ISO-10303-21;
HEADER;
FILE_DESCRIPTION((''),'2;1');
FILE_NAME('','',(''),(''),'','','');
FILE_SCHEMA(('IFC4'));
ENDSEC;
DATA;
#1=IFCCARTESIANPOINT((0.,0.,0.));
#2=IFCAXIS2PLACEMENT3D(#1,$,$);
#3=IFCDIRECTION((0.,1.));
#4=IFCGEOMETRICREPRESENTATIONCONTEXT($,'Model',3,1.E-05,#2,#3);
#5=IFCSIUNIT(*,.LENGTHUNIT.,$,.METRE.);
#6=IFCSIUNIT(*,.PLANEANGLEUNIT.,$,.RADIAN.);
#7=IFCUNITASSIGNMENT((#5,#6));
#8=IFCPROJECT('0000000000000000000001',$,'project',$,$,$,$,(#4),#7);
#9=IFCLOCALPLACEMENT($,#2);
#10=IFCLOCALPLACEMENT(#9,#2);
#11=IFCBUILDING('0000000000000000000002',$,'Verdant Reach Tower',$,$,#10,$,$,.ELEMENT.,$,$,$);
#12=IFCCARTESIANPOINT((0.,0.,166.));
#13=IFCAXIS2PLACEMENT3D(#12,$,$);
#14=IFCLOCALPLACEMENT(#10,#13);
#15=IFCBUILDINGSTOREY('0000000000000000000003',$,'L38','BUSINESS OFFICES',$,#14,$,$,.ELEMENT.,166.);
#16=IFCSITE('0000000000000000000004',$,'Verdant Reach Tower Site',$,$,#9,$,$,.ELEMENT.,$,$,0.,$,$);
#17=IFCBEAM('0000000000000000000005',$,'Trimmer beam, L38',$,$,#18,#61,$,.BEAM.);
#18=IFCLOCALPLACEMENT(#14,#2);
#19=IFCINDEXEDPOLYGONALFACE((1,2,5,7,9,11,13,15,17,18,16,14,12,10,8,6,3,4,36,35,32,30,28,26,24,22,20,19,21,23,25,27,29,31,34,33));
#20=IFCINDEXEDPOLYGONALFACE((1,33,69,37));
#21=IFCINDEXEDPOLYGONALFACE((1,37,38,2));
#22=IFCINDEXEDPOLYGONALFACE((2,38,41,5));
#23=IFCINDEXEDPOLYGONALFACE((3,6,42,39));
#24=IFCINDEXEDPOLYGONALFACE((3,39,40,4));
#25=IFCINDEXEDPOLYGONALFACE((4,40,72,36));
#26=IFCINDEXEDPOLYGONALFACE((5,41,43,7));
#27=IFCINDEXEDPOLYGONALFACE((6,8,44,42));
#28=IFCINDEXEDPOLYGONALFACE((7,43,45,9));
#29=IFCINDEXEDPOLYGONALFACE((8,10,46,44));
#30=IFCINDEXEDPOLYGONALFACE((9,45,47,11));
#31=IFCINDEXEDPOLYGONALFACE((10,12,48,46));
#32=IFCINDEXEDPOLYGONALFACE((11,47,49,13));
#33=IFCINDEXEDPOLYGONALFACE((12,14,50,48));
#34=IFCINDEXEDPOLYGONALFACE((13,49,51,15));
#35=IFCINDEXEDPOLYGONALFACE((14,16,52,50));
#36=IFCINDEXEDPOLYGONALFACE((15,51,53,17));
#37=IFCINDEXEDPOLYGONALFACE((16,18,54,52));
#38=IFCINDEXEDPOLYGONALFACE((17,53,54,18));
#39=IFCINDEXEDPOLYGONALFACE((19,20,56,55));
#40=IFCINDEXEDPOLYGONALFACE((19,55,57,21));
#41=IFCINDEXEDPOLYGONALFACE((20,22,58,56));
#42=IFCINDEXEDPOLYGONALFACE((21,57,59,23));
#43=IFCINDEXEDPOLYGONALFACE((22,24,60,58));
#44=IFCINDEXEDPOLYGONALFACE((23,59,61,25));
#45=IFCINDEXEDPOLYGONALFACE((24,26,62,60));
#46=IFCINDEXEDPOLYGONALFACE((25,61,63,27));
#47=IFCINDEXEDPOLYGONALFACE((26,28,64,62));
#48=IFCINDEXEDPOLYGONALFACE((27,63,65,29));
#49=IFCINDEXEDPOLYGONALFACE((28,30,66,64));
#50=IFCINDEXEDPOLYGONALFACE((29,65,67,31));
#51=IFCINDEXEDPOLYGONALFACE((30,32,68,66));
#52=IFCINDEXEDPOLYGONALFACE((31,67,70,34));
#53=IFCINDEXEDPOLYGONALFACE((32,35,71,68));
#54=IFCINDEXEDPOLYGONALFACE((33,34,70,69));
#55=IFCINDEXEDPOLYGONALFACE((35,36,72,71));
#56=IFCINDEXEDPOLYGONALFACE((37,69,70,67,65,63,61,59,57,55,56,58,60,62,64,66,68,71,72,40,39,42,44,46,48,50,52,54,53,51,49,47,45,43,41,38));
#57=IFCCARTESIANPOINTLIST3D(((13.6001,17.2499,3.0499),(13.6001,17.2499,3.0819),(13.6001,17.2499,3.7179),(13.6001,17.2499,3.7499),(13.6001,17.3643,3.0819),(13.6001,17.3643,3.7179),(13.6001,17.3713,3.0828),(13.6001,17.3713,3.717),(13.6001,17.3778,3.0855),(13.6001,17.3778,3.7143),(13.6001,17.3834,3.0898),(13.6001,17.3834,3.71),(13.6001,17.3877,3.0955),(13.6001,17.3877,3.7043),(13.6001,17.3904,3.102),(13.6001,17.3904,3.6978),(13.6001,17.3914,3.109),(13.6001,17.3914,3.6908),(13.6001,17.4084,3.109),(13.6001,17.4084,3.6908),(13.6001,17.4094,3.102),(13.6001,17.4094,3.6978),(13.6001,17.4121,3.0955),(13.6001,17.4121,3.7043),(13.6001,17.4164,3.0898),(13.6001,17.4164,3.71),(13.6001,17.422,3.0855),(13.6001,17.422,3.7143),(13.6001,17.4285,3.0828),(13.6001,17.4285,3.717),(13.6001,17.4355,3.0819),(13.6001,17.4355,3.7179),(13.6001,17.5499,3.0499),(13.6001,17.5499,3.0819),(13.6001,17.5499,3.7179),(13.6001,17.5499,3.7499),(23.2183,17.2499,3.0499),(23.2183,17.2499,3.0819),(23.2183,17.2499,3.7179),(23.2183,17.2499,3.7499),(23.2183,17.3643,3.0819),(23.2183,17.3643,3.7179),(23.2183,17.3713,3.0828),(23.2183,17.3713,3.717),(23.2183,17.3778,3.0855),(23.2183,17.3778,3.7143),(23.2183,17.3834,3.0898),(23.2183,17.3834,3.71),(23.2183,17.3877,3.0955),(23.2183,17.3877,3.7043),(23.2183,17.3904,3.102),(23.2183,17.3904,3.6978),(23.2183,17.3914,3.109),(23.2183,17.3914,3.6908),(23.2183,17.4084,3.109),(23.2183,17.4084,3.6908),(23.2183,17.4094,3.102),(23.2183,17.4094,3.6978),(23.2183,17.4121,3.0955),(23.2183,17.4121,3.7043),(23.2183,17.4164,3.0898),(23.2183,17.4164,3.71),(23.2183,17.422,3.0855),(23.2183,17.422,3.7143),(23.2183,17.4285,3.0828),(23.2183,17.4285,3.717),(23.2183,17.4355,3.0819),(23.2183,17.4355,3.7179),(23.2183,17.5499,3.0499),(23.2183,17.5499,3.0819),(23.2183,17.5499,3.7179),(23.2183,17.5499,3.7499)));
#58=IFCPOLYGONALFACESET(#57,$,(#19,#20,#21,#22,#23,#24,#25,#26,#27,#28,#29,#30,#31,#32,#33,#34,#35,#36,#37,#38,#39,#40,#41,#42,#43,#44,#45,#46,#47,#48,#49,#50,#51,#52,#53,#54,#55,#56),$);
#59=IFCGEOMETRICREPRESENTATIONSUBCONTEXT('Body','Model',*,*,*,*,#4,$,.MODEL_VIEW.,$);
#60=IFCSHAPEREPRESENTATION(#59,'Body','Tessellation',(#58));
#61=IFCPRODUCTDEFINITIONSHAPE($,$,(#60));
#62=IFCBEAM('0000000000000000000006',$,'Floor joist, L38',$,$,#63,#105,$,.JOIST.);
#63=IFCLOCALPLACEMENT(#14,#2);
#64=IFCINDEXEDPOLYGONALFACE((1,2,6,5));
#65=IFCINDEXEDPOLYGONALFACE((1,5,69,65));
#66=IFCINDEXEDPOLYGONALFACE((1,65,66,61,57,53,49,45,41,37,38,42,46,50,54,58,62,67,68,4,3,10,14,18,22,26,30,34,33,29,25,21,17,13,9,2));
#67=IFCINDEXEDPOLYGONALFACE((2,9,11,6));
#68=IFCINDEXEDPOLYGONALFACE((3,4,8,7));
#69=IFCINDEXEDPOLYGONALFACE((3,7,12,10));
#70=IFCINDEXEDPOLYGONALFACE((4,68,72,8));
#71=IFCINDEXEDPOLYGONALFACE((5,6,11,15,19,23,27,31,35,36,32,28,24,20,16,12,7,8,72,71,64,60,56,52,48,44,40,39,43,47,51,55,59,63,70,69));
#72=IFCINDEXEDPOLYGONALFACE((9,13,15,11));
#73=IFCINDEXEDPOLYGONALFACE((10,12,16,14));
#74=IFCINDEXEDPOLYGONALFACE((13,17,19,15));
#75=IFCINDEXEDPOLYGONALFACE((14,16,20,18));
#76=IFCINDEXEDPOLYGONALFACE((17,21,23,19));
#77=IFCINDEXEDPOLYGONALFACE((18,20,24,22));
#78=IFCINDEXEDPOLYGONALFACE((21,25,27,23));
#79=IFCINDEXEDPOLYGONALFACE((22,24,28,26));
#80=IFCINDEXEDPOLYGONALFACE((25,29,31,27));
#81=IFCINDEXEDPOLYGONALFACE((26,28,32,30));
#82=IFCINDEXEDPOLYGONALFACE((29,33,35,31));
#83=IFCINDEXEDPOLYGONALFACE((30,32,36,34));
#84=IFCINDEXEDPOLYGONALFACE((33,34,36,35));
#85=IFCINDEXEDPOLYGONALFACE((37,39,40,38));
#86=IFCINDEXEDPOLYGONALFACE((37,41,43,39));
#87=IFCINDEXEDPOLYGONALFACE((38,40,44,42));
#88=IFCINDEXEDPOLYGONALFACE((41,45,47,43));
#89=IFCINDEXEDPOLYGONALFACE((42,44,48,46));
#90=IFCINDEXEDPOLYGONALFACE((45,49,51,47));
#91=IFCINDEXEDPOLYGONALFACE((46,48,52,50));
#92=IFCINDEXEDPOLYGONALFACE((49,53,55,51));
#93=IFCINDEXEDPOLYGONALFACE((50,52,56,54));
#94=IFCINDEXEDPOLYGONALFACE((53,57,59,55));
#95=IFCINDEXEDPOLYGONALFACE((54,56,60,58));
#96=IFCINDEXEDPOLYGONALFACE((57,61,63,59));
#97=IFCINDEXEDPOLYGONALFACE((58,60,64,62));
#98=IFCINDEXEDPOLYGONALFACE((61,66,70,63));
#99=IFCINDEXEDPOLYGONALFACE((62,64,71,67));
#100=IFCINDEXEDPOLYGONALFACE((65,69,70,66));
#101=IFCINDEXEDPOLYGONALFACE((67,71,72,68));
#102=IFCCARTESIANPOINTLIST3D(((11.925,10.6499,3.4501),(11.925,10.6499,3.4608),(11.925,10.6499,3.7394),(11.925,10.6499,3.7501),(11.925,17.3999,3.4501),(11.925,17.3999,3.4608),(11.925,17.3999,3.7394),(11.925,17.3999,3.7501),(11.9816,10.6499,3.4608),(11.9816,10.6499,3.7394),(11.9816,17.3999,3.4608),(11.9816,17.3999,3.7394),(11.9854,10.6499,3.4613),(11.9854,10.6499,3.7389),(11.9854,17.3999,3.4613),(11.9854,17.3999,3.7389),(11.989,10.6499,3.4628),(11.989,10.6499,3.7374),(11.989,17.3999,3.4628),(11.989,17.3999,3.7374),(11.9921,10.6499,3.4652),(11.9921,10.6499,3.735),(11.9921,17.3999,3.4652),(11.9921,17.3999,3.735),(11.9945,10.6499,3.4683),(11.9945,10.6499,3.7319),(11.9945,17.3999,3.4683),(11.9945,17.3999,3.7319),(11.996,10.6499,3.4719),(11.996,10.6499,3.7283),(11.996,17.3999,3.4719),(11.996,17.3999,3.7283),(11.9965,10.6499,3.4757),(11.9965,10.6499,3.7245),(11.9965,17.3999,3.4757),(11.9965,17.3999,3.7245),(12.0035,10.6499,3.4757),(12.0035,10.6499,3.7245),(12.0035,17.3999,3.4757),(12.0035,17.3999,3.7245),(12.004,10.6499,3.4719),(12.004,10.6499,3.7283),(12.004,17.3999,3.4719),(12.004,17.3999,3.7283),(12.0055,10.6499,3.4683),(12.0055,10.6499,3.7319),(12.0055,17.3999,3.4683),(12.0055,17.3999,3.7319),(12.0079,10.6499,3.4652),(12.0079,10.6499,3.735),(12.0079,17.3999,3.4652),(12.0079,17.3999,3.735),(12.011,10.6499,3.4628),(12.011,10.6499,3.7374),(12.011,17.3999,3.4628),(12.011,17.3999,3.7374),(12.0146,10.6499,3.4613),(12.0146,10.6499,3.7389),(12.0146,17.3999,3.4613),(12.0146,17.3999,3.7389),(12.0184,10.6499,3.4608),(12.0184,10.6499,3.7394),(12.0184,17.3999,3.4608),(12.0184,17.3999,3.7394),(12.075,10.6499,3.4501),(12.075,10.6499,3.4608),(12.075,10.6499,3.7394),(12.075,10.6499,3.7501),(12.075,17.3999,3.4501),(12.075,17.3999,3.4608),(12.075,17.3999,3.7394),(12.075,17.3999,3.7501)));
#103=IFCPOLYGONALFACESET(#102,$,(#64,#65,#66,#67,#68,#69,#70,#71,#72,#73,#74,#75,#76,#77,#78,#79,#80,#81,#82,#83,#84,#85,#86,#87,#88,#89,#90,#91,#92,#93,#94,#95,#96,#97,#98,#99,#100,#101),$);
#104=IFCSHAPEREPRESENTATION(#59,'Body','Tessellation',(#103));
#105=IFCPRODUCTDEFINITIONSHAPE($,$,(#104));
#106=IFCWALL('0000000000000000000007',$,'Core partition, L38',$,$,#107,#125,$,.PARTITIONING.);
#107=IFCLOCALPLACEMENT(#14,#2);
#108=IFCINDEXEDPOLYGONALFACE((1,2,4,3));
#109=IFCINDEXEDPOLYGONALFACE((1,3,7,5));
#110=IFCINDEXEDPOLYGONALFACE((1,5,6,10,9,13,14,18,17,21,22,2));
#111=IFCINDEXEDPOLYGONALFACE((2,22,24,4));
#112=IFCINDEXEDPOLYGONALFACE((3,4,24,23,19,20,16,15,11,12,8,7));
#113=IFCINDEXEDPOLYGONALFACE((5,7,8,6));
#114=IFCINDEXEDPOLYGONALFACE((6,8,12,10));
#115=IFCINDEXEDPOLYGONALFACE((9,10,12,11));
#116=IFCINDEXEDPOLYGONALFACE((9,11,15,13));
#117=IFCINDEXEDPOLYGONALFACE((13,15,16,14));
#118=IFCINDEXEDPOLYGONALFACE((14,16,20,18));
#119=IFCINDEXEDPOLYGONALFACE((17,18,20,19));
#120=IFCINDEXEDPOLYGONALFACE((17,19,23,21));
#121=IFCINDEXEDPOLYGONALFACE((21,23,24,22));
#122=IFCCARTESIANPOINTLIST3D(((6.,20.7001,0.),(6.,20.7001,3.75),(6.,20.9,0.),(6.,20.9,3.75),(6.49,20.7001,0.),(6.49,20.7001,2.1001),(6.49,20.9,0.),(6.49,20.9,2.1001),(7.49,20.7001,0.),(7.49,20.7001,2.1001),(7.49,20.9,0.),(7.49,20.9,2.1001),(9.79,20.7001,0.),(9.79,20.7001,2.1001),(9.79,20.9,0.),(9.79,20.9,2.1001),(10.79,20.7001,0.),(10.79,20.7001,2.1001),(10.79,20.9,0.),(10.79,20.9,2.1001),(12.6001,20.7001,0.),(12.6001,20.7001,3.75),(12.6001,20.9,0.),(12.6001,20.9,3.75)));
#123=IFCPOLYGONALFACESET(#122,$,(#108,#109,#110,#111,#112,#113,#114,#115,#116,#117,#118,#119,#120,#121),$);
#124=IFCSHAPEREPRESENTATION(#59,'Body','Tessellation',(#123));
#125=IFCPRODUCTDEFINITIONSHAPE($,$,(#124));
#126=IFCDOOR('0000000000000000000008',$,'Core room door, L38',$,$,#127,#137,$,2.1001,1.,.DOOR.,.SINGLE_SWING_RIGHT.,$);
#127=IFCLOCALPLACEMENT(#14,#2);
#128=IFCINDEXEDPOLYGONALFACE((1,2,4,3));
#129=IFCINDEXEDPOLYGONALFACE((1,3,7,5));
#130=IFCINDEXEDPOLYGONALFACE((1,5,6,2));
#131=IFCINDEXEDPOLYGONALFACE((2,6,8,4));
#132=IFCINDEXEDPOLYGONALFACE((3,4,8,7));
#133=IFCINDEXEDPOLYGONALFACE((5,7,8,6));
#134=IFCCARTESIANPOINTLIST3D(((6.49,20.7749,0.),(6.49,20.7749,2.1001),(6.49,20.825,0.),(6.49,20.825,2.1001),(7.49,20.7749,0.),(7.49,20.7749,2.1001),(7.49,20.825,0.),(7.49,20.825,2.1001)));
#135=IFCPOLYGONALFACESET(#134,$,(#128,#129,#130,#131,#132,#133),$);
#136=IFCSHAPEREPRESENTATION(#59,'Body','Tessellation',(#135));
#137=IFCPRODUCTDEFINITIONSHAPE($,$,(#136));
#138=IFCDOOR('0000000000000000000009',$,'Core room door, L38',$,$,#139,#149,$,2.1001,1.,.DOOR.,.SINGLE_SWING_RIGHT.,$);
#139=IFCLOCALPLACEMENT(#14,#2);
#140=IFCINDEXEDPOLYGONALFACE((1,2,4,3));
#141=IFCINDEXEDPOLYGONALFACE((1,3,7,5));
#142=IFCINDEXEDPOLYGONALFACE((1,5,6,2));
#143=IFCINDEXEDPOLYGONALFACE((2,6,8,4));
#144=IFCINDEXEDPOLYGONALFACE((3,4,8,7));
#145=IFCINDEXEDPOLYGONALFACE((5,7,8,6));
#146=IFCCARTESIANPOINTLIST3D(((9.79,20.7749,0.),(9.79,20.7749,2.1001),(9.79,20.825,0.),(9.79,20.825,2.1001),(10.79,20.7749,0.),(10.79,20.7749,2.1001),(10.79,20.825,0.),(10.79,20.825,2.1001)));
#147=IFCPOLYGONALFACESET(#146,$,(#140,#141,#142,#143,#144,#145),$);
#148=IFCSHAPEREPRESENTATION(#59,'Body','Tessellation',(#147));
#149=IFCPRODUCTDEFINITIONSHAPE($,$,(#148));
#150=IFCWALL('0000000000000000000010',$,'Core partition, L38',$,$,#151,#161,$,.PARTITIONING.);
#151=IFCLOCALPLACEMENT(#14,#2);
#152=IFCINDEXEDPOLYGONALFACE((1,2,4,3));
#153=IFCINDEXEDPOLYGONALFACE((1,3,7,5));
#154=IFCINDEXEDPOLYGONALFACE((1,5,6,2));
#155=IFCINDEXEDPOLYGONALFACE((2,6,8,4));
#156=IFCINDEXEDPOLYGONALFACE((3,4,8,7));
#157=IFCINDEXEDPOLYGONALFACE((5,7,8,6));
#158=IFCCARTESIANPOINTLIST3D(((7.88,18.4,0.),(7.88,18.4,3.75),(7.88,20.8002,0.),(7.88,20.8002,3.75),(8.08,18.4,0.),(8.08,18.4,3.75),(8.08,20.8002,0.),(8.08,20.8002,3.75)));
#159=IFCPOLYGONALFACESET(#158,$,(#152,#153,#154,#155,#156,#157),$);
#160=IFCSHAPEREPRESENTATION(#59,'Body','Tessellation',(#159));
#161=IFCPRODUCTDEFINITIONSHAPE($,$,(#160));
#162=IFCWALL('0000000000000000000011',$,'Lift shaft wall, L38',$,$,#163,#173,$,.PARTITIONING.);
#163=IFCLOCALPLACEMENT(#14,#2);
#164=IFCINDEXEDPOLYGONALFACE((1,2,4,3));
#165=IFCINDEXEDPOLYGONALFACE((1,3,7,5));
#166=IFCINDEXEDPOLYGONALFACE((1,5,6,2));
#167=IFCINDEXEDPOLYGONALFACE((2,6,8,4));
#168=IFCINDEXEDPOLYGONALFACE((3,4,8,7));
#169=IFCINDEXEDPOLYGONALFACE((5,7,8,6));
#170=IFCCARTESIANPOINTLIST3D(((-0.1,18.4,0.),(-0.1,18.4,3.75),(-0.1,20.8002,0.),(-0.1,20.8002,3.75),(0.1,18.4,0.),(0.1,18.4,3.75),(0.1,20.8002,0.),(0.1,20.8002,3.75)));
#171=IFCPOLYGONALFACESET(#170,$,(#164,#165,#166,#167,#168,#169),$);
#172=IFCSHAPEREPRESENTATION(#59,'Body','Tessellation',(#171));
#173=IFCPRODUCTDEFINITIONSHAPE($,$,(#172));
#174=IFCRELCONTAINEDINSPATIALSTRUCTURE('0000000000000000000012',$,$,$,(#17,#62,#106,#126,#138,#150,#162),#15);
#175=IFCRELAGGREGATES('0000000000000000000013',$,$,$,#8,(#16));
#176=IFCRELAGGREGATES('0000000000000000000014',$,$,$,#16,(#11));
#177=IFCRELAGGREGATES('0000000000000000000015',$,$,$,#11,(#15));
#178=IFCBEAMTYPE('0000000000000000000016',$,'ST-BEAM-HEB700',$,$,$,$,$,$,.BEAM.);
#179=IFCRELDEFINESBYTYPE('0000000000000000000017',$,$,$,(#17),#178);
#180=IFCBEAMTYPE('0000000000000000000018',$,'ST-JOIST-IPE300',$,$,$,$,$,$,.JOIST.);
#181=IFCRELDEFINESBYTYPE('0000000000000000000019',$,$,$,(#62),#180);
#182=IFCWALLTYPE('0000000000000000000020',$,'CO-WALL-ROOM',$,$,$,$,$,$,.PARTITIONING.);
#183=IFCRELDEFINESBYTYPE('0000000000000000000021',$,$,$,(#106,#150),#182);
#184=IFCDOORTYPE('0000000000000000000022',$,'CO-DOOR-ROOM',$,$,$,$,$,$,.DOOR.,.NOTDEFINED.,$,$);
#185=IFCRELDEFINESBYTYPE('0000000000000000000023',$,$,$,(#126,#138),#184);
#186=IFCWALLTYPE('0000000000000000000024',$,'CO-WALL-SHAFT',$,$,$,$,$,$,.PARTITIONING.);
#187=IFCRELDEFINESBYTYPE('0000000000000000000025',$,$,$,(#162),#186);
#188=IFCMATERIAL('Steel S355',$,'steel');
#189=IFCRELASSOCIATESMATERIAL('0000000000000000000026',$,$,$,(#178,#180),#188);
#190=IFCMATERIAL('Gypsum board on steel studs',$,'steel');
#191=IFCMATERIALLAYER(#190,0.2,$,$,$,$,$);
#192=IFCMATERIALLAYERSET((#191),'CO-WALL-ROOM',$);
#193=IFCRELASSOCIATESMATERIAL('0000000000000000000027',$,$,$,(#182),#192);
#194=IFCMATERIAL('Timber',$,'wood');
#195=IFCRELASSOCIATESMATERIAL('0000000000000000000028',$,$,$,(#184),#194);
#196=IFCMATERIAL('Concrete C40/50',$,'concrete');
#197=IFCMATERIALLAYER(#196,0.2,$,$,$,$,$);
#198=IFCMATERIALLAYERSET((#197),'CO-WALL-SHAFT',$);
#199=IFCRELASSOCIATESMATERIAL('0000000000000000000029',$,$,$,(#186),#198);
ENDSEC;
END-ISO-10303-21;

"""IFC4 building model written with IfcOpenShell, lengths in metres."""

from ifc_helpers import new_model, si_unit, direction, frame, frame_2d, origin, origin_2d, place, context, subcontext, project, spatial, rectangle, i_section, extrude, material, layer, layer_set, material_profile, profile_set, type_object, element, fill, save


model = new_model("IFC4")

# Units and contexts
model_context = context("Model", 3, precision=1e-05, world=origin(), true_north=direction((0.0, 1.0)))
body_context = subcontext(model_context, "Body", "Model", "MODEL_VIEW")
ifc_project = project(units=[si_unit("LENGTHUNIT", "METRE"), si_unit("PLANEANGLEUNIT", "RADIAN")], contexts=[model_context])

# Site, building, storey
site_placement = place(None, origin())
site = spatial("IfcSite", under=ifc_project, at=site_placement, Name="Verdant Reach Tower Site", CompositionType="ELEMENT", RefElevation=0.0)
building_placement = place(site_placement, origin())
building = spatial("IfcBuilding", under=site, at=building_placement, Name="Verdant Reach Tower", CompositionType="ELEMENT")
storey_placement = place(building_placement, frame((0.0, 0.0, 166.0)))
storey = spatial("IfcBuildingStorey", under=building, at=storey_placement, Name="L38", Description="BUSINESS OFFICES", CompositionType="ELEMENT", Elevation=166.0)

# Beams
ifc_material_1 = material(Name="Steel S355", Category="steel")
ifc_material_profile_1 = material_profile(ifc_material_1, i_section(OverallWidth=0.3, OverallDepth=0.7, WebThickness=0.0171, FlangeThickness=0.032, FilletRadius=0.0271, at=origin_2d()), Name="HEB 700")
ifc_profile_set_1 = profile_set([ifc_material_profile_1], Name="Steel S355")
beam_type_1 = type_object("IfcBeamType", Name="ST-BEAM-HEB700", PredefinedType="BEAM", material=ifc_profile_set_1)
beam_1_placement = place(storey_placement, frame((13.6001, 17.3999, 3.3999), z_axis=(1.0, 0.0, 0.0), x_axis=(0.0, 1.0, 0.0)))
element("IfcBeam", 1, at=beam_1_placement, inside=storey, type_object=beam_type_1, Name="Trimmer beam, L38", PredefinedType="BEAM", context=body_context, shape_type="SweptSolid", body=[
    extrude(i_section(OverallWidth=0.3, OverallDepth=0.7, WebThickness=0.0171, FlangeThickness=0.032, FilletRadius=0.0271, at=origin_2d()), origin(), (0.0, 0.0, 1.0), 9.6182),
])
ifc_material_profile_2 = material_profile(ifc_material_1, i_section(OverallWidth=0.1499, OverallDepth=0.3, WebThickness=0.0071, FlangeThickness=0.0107, FilletRadius=0.0149, at=origin_2d()), Name="IPE 300")
ifc_profile_set_2 = profile_set([ifc_material_profile_2], Name="Steel S355")
beam_type_2 = type_object("IfcBeamType", Name="ST-JOIST-IPE300", PredefinedType="JOIST", material=ifc_profile_set_2)
beam_2_placement = place(storey_placement, frame((12.0, 17.3999, 3.6001), z_axis=(0.0, -1.0, 0.0), x_axis=(1.0, 0.0, 0.0)))
element("IfcBeam", 2, at=beam_2_placement, inside=storey, type_object=beam_type_2, Name="Floor joist, L38", PredefinedType="JOIST", context=body_context, shape_type="SweptSolid", body=[
    extrude(i_section(OverallWidth=0.1499, OverallDepth=0.3, WebThickness=0.0071, FlangeThickness=0.0107, FilletRadius=0.0149, at=origin_2d()), origin(), (0.0, 0.0, 1.0), 6.75),
])

# Wall, openings, doors
ifc_material_2 = material(Name="Gypsum board on steel studs", Category="steel")
ifc_layer_1 = layer(ifc_material_2, 0.2)
ifc_layer_set_1 = layer_set([ifc_layer_1], Name="CO-WALL-ROOM")
wall_type_1 = type_object("IfcWallType", Name="CO-WALL-ROOM", PredefinedType="PARTITIONING", material=ifc_layer_set_1)
wall_1_placement = place(storey_placement, frame((6.0, 20.8, 0.0), z_axis=(0.0, 0.0, 1.0), x_axis=(1.0, 0.0, 0.0)))
wall_1 = element("IfcWall", 3, at=wall_1_placement, inside=storey, type_object=wall_type_1, Name="Core partition, L38", PredefinedType="PARTITIONING", context=body_context, shape_type="SweptSolid", body=[
    extrude(rectangle(XDim=6.6001, YDim=0.2, at=frame_2d((3.3, 0.0))), origin(), (0.0, 0.0, 1.0), 3.75),
])
opening_1_placement = place(wall_1_placement, frame((0.49, 0.0, 0.0)))
opening_1 = element("IfcOpeningElement", 4, at=opening_1_placement, cuts=wall_1, PredefinedType="OPENING", context=body_context, shape_type="SweptSolid", body=[
    extrude(rectangle(XDim=1.0, YDim=2.1001, at=frame_2d((0.5, 1.05))), frame((0.0, 0.1099, 0.0), z_axis=(0.0, -1.0, 0.0), x_axis=(1.0, 0.0, 0.0)), (0.0, 0.0, 1.0), 0.22),
])
opening_2_placement = place(wall_1_placement, frame((3.79, 0.0, 0.0)))
opening_2 = element("IfcOpeningElement", 5, at=opening_2_placement, cuts=wall_1, PredefinedType="OPENING", context=body_context, shape_type="SweptSolid", body=[
    extrude(rectangle(XDim=1.0, YDim=2.1001, at=frame_2d((0.5, 1.05))), frame((0.0, 0.1099, 0.0), z_axis=(0.0, -1.0, 0.0), x_axis=(1.0, 0.0, 0.0)), (0.0, 0.0, 1.0), 0.22),
])
ifc_material_3 = material(Name="Timber", Category="wood")
door_type_1 = type_object("IfcDoorType", Name="CO-DOOR-ROOM", OperationType="NOTDEFINED", PredefinedType="DOOR", material=ifc_material_3)
door_1_placement = place(opening_1_placement, origin())
door_1 = element("IfcDoor", 6, at=door_1_placement, inside=storey, type_object=door_type_1, Name="Core room door, L38", OperationType="SINGLE_SWING_RIGHT", OverallHeight=2.1001, OverallWidth=1.0, PredefinedType="DOOR", context=body_context, shape_type="SweptSolid", body=[
    extrude(rectangle(XDim=1.0, YDim=2.1001, at=frame_2d((0.5, 1.05))), frame((0.0, 0.0249, 0.0), z_axis=(0.0, -1.0, 0.0), x_axis=(1.0, 0.0, 0.0)), (0.0, 0.0, 1.0), 0.05),
])
fill(opening_1, door_1)
door_2_placement = place(opening_2_placement, origin())
door_2 = element("IfcDoor", 7, at=door_2_placement, inside=storey, type_object=door_type_1, Name="Core room door, L38", OperationType="SINGLE_SWING_RIGHT", OverallHeight=2.1001, OverallWidth=1.0, PredefinedType="DOOR", context=body_context, shape_type="SweptSolid", body=[
    extrude(rectangle(XDim=1.0, YDim=2.1001, at=frame_2d((0.5, 1.05))), frame((0.0, 0.0249, 0.0), z_axis=(0.0, -1.0, 0.0), x_axis=(1.0, 0.0, 0.0)), (0.0, 0.0, 1.0), 0.05),
])
fill(opening_2, door_2)

# Walls
wall_2_placement = place(storey_placement, frame((7.98, 18.3999, 0.0), z_axis=(0.0, 0.0, 1.0), x_axis=(0.0, 1.0, 0.0)))
element("IfcWall", 8, at=wall_2_placement, inside=storey, type_object=wall_type_1, Name="Core partition, L38", PredefinedType="PARTITIONING", context=body_context, shape_type="SweptSolid", body=[
    extrude(rectangle(XDim=2.4001, YDim=0.2, at=frame_2d((1.2002, 0.0))), origin(), (0.0, 0.0, 1.0), 3.75),
])
ifc_material_4 = material(Name="Concrete C40/50", Category="concrete")
ifc_layer_2 = layer(ifc_material_4, 0.2)
ifc_layer_set_2 = layer_set([ifc_layer_2], Name="CO-WALL-SHAFT")
wall_type_2 = type_object("IfcWallType", Name="CO-WALL-SHAFT", PredefinedType="PARTITIONING", material=ifc_layer_set_2)
wall_3_placement = place(storey_placement, frame((0.0, 18.3999, 0.0), z_axis=(0.0, 0.0, 1.0), x_axis=(0.0, 1.0, 0.0)))
element("IfcWall", 9, at=wall_3_placement, inside=storey, type_object=wall_type_2, Name="Lift shaft wall, L38", PredefinedType="PARTITIONING", context=body_context, shape_type="SweptSolid", body=[
    extrude(rectangle(XDim=2.4001, YDim=0.2, at=frame_2d((1.2002, 0.0))), origin(), (0.0, 0.0, 1.0), 3.75),
])

save(model, "model.ifc")
